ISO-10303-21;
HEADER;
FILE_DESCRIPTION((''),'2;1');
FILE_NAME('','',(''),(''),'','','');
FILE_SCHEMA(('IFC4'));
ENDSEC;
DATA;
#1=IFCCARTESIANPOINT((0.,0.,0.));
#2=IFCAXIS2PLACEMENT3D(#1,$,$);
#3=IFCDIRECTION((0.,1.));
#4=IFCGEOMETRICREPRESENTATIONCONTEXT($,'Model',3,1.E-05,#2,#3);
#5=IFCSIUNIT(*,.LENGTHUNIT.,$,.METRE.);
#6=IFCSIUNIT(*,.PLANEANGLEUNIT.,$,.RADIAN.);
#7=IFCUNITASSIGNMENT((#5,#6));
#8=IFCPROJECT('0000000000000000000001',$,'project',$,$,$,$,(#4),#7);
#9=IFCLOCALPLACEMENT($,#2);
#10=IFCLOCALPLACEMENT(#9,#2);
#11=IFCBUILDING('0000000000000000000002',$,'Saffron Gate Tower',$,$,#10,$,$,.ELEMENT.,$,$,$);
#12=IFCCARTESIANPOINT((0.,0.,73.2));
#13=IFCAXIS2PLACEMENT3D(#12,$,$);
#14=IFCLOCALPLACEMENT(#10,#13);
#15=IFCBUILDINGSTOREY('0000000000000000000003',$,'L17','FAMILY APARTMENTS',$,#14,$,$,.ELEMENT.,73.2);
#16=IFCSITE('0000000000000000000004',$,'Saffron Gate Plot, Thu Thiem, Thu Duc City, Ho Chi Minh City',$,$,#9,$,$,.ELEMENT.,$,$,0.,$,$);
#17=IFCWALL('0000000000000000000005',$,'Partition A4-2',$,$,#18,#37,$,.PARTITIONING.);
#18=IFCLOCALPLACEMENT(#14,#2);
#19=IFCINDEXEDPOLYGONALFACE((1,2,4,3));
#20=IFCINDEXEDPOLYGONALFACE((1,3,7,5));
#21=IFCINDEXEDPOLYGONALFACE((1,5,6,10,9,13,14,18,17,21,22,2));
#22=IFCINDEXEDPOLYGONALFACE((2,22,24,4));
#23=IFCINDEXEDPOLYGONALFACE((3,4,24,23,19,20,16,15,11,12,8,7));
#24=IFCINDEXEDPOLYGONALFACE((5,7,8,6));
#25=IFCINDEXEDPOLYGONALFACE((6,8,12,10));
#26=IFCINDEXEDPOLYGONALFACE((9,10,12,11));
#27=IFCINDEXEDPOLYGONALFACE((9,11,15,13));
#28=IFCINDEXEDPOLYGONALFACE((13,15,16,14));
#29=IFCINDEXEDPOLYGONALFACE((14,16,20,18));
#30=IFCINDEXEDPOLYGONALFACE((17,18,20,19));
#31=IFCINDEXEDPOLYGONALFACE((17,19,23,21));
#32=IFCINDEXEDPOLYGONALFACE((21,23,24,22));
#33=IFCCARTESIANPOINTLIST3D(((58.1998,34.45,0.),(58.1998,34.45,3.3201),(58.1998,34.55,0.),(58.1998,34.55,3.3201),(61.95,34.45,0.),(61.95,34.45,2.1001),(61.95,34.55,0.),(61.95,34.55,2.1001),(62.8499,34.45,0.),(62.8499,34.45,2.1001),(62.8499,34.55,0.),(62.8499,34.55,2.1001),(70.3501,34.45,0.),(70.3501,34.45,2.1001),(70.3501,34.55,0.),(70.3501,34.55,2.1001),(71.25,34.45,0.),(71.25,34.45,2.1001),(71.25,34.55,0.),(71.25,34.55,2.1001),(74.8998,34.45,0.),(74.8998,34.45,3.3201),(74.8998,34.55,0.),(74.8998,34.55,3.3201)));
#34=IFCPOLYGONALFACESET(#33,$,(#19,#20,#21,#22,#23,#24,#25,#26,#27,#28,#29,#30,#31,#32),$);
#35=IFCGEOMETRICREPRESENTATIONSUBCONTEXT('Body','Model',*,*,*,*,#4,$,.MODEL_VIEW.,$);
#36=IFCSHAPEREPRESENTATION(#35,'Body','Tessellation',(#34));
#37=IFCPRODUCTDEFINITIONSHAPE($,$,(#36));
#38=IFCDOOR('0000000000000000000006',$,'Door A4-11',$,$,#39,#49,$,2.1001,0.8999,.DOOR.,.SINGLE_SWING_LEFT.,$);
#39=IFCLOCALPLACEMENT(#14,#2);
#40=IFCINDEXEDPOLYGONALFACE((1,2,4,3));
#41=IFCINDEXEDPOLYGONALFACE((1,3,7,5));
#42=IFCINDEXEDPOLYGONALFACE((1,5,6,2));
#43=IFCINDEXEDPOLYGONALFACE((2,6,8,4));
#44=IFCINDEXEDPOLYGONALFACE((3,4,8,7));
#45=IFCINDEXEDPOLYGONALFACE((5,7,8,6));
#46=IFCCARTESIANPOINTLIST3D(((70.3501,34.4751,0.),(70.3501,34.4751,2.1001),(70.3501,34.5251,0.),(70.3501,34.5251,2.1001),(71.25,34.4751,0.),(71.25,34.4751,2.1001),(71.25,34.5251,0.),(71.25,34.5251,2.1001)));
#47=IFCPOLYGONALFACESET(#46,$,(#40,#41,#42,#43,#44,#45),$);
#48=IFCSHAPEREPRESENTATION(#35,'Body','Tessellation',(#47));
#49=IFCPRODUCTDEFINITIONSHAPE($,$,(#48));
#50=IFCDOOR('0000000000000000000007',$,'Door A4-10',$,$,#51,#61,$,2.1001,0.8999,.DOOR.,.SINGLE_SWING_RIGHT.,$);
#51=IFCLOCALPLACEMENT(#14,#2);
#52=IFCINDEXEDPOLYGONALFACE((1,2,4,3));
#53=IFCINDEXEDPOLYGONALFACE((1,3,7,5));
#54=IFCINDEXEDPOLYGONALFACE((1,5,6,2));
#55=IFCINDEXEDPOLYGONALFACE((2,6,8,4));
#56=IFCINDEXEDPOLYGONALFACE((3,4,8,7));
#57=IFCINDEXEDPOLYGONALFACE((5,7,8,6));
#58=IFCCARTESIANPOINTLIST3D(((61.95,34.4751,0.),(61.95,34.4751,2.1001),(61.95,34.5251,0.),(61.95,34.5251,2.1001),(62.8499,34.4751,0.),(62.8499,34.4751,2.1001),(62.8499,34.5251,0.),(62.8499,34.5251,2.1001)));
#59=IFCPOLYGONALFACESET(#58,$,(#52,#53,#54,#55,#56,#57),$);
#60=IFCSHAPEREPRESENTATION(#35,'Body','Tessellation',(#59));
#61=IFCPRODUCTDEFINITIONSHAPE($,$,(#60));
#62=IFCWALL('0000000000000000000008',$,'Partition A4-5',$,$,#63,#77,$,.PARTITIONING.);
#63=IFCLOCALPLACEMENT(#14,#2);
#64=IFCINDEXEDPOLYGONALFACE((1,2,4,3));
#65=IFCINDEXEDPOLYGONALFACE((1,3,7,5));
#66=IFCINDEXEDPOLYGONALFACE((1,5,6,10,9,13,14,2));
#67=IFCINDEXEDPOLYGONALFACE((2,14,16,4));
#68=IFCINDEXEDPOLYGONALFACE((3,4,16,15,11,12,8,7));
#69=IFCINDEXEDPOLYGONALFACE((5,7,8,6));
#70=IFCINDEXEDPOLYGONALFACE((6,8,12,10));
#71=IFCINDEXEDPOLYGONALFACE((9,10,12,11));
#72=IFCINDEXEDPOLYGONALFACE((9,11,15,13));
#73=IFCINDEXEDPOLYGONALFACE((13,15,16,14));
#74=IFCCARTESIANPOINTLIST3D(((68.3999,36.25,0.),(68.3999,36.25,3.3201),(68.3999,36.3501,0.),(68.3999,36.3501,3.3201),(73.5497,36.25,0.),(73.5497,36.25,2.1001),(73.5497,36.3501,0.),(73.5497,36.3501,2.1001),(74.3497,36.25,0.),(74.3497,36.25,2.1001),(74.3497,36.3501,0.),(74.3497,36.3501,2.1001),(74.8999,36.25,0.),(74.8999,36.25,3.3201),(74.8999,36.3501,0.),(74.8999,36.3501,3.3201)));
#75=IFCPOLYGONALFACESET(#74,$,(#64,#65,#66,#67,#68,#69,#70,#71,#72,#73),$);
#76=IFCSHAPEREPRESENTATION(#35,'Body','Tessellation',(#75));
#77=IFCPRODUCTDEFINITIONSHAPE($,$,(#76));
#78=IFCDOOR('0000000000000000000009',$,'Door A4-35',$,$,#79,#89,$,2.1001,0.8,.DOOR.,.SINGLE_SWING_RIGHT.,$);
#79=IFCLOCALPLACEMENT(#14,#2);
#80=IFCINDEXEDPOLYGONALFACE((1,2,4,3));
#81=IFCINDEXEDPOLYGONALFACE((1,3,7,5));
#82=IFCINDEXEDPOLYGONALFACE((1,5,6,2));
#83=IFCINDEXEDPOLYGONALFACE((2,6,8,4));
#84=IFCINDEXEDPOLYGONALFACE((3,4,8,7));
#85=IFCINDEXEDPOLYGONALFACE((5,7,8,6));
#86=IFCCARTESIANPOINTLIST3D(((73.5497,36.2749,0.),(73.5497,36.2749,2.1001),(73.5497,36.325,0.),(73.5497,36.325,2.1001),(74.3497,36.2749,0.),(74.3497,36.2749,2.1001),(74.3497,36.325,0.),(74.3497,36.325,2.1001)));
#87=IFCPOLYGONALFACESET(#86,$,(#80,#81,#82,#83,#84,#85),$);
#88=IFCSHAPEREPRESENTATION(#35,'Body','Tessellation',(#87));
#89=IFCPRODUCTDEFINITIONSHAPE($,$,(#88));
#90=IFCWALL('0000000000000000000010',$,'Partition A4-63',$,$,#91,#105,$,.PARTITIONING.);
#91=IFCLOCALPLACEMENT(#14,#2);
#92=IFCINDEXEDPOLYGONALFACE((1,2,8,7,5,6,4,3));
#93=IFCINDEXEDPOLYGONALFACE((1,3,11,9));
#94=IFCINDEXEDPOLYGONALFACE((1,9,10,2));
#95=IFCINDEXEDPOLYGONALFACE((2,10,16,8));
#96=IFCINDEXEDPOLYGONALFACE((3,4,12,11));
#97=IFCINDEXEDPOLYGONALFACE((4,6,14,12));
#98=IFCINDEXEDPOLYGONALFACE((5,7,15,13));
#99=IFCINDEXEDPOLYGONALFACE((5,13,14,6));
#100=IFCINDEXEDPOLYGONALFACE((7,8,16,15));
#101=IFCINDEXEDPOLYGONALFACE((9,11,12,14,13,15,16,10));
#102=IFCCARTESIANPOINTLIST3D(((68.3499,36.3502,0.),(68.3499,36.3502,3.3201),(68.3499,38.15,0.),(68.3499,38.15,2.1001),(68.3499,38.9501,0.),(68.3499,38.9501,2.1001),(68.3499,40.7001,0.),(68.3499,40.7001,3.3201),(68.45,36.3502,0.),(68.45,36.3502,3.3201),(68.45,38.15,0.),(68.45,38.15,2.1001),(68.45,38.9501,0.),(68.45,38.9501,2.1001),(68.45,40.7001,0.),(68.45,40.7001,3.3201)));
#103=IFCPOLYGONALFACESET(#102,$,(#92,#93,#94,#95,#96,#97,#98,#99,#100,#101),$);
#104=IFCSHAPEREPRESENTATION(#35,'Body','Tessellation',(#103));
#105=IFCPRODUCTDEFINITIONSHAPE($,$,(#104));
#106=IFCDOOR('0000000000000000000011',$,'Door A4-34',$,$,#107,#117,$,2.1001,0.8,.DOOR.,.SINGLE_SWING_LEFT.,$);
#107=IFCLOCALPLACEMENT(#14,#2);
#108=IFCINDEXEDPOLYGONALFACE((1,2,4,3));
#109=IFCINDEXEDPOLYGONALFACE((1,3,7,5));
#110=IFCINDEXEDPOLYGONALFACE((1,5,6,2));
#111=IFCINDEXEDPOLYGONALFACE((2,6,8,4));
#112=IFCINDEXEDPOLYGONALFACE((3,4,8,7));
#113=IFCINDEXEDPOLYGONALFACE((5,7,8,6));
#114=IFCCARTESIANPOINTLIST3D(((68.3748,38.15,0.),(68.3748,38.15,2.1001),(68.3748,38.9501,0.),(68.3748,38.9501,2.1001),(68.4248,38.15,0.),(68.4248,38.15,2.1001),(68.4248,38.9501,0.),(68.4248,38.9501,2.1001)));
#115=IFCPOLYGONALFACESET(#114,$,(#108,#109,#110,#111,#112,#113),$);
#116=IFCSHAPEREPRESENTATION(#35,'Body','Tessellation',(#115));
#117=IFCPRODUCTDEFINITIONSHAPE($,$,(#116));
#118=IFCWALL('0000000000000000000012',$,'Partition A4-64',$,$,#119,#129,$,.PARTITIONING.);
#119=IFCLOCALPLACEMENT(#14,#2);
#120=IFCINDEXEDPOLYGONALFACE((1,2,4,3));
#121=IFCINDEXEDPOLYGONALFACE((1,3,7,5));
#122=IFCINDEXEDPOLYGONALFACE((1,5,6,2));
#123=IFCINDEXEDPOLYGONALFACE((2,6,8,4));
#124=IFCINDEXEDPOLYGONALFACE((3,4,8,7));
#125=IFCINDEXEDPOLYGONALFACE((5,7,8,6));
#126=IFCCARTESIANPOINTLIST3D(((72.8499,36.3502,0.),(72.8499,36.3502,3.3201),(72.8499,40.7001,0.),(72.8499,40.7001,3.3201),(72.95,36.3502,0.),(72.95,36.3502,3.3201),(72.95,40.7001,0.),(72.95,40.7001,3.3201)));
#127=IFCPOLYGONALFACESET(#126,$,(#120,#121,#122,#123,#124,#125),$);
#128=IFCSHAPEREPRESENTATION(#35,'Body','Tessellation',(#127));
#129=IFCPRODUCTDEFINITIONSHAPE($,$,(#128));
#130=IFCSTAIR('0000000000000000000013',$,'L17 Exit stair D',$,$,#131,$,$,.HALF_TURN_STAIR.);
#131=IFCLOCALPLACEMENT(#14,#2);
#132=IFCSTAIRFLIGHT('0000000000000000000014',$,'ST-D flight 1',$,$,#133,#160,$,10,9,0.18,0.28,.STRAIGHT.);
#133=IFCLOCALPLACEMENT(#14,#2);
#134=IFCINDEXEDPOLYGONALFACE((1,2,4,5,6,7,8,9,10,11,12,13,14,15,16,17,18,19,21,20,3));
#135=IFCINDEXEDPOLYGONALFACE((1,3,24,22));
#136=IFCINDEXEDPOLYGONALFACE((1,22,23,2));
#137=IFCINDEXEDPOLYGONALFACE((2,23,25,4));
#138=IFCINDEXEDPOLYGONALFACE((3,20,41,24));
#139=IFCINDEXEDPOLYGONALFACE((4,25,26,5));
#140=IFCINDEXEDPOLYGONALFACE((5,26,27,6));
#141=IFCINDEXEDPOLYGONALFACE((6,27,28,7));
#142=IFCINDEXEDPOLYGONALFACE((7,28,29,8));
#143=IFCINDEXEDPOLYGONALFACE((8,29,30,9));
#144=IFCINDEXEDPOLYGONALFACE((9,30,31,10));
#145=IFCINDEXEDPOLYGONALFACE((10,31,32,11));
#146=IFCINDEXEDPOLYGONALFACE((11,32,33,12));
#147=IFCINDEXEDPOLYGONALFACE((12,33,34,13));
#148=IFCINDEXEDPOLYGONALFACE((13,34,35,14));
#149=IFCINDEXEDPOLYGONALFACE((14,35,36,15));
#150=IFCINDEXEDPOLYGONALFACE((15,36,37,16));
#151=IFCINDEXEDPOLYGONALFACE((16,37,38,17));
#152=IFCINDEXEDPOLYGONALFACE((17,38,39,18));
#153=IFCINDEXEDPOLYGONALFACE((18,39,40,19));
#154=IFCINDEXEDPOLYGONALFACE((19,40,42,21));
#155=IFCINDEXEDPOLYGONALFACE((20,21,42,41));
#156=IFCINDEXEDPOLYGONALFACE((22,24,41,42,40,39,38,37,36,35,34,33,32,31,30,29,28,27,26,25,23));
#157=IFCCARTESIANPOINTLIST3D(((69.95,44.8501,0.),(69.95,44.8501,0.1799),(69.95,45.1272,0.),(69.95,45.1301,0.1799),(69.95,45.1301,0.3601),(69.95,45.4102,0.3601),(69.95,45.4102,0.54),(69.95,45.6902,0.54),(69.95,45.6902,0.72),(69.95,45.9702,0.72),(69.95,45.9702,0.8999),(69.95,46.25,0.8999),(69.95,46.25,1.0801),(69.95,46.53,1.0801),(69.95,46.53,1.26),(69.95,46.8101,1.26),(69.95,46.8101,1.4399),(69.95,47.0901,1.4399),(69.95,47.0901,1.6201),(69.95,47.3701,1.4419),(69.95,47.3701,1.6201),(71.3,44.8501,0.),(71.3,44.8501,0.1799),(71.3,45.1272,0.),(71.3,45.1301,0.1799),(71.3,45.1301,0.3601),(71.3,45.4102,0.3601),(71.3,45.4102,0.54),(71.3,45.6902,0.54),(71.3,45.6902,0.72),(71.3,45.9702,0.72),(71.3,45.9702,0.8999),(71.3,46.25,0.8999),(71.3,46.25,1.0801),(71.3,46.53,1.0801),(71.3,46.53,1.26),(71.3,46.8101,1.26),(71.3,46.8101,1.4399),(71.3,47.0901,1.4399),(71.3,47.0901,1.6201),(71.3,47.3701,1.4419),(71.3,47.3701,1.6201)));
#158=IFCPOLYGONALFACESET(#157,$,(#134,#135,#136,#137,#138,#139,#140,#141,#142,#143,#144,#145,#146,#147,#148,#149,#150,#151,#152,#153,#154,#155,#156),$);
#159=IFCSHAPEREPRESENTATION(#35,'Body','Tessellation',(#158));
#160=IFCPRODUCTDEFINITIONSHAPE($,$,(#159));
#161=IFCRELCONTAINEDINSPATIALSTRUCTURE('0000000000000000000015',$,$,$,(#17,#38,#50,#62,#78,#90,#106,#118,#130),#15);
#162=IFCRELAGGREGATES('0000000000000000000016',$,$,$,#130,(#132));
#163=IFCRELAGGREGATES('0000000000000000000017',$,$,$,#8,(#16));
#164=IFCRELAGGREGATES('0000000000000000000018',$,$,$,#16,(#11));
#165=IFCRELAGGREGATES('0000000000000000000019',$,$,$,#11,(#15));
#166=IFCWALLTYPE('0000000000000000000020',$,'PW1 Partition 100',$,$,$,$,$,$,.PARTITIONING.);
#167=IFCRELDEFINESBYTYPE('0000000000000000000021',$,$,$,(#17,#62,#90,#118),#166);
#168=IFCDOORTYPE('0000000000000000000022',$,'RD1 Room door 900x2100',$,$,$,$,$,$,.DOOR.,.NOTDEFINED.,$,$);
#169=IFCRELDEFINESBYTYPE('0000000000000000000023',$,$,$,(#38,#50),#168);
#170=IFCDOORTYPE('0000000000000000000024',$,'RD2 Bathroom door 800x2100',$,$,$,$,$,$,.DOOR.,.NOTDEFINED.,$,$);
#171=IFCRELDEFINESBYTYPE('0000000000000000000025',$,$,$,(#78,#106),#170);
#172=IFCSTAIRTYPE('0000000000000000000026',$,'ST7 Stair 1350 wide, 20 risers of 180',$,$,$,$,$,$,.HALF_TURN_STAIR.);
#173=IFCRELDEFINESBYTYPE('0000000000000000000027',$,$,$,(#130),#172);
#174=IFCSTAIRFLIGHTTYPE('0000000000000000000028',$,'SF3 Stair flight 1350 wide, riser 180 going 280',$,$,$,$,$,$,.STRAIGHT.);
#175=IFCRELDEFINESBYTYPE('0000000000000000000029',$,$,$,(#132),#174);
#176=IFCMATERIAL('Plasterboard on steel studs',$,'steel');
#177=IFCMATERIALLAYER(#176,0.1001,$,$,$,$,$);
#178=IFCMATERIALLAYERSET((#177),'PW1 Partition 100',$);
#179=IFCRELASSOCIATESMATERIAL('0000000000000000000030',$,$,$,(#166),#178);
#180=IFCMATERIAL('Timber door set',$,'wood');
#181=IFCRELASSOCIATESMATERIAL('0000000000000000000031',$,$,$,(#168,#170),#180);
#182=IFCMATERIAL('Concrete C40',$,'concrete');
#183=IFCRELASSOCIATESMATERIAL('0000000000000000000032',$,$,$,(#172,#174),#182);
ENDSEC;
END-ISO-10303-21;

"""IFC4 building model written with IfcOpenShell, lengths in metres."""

from ifc_helpers import new_model, si_unit, direction, frame, frame_2d, origin, place, context, subcontext, project, spatial, polyline, rectangle, outline, extrude, material, layer, layer_set, type_object, element, fill, aggregate, save


model = new_model("IFC4")

# Units and contexts
model_context = context("Model", 3, precision=1e-05, world=origin(), true_north=direction((0.0, 1.0)))
body_context = subcontext(model_context, "Body", "Model", "MODEL_VIEW")
ifc_project = project(units=[si_unit("LENGTHUNIT", "METRE"), si_unit("PLANEANGLEUNIT", "RADIAN")], contexts=[model_context])

# Site, building, storey
site_placement = place(None, origin())
site = spatial("IfcSite", under=ifc_project, at=site_placement, Name="Saffron Gate Plot, Thu Thiem, Thu Duc City, Ho Chi Minh City", CompositionType="ELEMENT", RefElevation=0.0)
building_placement = place(site_placement, origin())
building = spatial("IfcBuilding", under=site, at=building_placement, Name="Saffron Gate Tower", CompositionType="ELEMENT")
storey_placement = place(building_placement, frame((0.0, 0.0, 73.2)))
storey = spatial("IfcBuildingStorey", under=building, at=storey_placement, Name="L17", Description="FAMILY APARTMENTS", CompositionType="ELEMENT", Elevation=73.2)

# Wall, openings, doors
ifc_material_1 = material(Name="Plasterboard on steel studs", Category="steel")
ifc_layer_1 = layer(ifc_material_1, 0.1001)
ifc_layer_set_1 = layer_set([ifc_layer_1], Name="PW1 Partition 100")
wall_type_1 = type_object("IfcWallType", Name="PW1 Partition 100", PredefinedType="PARTITIONING", material=ifc_layer_set_1)
wall_1_placement = place(storey_placement, frame((74.8999, 34.5, 0.0), z_axis=(0.0, 0.0, 1.0), x_axis=(-1.0, 0.0, 0.0)))
wall_1 = element("IfcWall", 1, at=wall_1_placement, inside=storey, type_object=wall_type_1, Name="Partition A4-2", PredefinedType="PARTITIONING", context=body_context, shape_type="SweptSolid", body=[
    extrude(rectangle(XDim=16.7, YDim=0.1001, at=frame_2d((8.3501, 0.0))), origin(), (0.0, 0.0, 1.0), 3.3201),
])
opening_1_placement = place(wall_1_placement, frame((3.6499, 0.0, 0.0)))
opening_1 = element("IfcOpeningElement", 2, at=opening_1_placement, cuts=wall_1, PredefinedType="OPENING", context=body_context, shape_type="SweptSolid", body=[
    extrude(rectangle(XDim=0.8999, YDim=2.1001, at=frame_2d((0.45, 1.05))), frame((0.0, 0.0601, 0.0), z_axis=(0.0, -1.0, 0.0), x_axis=(1.0, 0.0, 0.0)), (0.0, 0.0, 1.0), 0.1201),
])
opening_2_placement = place(wall_1_placement, frame((12.05, 0.0, 0.0)))
opening_2 = element("IfcOpeningElement", 3, at=opening_2_placement, cuts=wall_1, PredefinedType="OPENING", context=body_context, shape_type="SweptSolid", body=[
    extrude(rectangle(XDim=0.8999, YDim=2.1001, at=frame_2d((0.45, 1.05))), frame((0.0, 0.0601, 0.0), z_axis=(0.0, -1.0, 0.0), x_axis=(1.0, 0.0, 0.0)), (0.0, 0.0, 1.0), 0.1201),
])
ifc_material_2 = material(Name="Timber door set", Category="wood")
door_type_1 = type_object("IfcDoorType", Name="RD1 Room door 900x2100", OperationType="NOTDEFINED", PredefinedType="DOOR", material=ifc_material_2)
door_1_placement = place(opening_1_placement, origin())
door_1 = element("IfcDoor", 4, at=door_1_placement, inside=storey, type_object=door_type_1, Name="Door A4-11", OperationType="SINGLE_SWING_LEFT", OverallHeight=2.1001, OverallWidth=0.8999, PredefinedType="DOOR", context=body_context, shape_type="SweptSolid", body=[
    extrude(rectangle(XDim=0.8999, YDim=2.1001, at=frame_2d((0.45, 1.05))), frame((0.0, 0.0249, 0.0), z_axis=(0.0, -1.0, 0.0), x_axis=(1.0, 0.0, 0.0)), (0.0, 0.0, 1.0), 0.05),
])
fill(opening_1, door_1)
door_2_placement = place(opening_2_placement, origin())
door_2 = element("IfcDoor", 5, at=door_2_placement, inside=storey, type_object=door_type_1, Name="Door A4-10", OperationType="SINGLE_SWING_RIGHT", OverallHeight=2.1001, OverallWidth=0.8999, PredefinedType="DOOR", context=body_context, shape_type="SweptSolid", body=[
    extrude(rectangle(XDim=0.8999, YDim=2.1001, at=frame_2d((0.45, 1.05))), frame((0.0, 0.0249, 0.0), z_axis=(0.0, -1.0, 0.0), x_axis=(1.0, 0.0, 0.0)), (0.0, 0.0, 1.0), 0.05),
])
fill(opening_2, door_2)

# Walls, openings, doors
wall_2_placement = place(storey_placement, frame((68.3999, 36.3, 0.0), z_axis=(0.0, 0.0, 1.0), x_axis=(1.0, 0.0, 0.0)))
wall_2 = element("IfcWall", 6, at=wall_2_placement, inside=storey, type_object=wall_type_1, Name="Partition A4-5", PredefinedType="PARTITIONING", context=body_context, shape_type="SweptSolid", body=[
    extrude(rectangle(XDim=6.5, YDim=0.1001, at=frame_2d((3.25, 0.0))), origin(), (0.0, 0.0, 1.0), 3.3201),
])
opening_3_placement = place(wall_2_placement, frame((5.1499, 0.0, 0.0)))
opening_3 = element("IfcOpeningElement", 7, at=opening_3_placement, cuts=wall_2, PredefinedType="OPENING", context=body_context, shape_type="SweptSolid", body=[
    extrude(rectangle(XDim=0.8, YDim=2.1001, at=frame_2d((0.3999, 1.05))), frame((0.0, 0.0601, 0.0), z_axis=(0.0, -1.0, 0.0), x_axis=(1.0, 0.0, 0.0)), (0.0, 0.0, 1.0), 0.1201),
])
door_type_2 = type_object("IfcDoorType", Name="RD2 Bathroom door 800x2100", OperationType="NOTDEFINED", PredefinedType="DOOR", material=ifc_material_2)
door_3_placement = place(opening_3_placement, origin())
door_3 = element("IfcDoor", 8, at=door_3_placement, inside=storey, type_object=door_type_2, Name="Door A4-35", OperationType="SINGLE_SWING_RIGHT", OverallHeight=2.1001, OverallWidth=0.8, PredefinedType="DOOR", context=body_context, shape_type="SweptSolid", body=[
    extrude(rectangle(XDim=0.8, YDim=2.1001, at=frame_2d((0.3999, 1.05))), frame((0.0, 0.0249, 0.0), z_axis=(0.0, -1.0, 0.0), x_axis=(1.0, 0.0, 0.0)), (0.0, 0.0, 1.0), 0.05),
])
fill(opening_3, door_3)
wall_3_placement = place(storey_placement, frame((68.3999, 40.7, 0.0), z_axis=(0.0, 0.0, 1.0), x_axis=(0.0, -1.0, 0.0)))
wall_3 = element("IfcWall", 9, at=wall_3_placement, inside=storey, type_object=wall_type_1, Name="Partition A4-63", PredefinedType="PARTITIONING", context=body_context, shape_type="SweptSolid", body=[
    extrude(rectangle(XDim=4.3499, YDim=0.1001, at=frame_2d((2.1748, 0.0))), origin(), (0.0, 0.0, 1.0), 3.3201),
])
opening_4_placement = place(wall_3_placement, frame((1.75, 0.0, 0.0)))
opening_4 = element("IfcOpeningElement", 10, at=opening_4_placement, cuts=wall_3, PredefinedType="OPENING", context=body_context, shape_type="SweptSolid", body=[
    extrude(rectangle(XDim=0.8, YDim=2.1001, at=frame_2d((0.3999, 1.05))), frame((0.0, 0.0601, 0.0), z_axis=(0.0, -1.0, 0.0), x_axis=(1.0, 0.0, 0.0)), (0.0, 0.0, 1.0), 0.1201),
])
door_4_placement = place(opening_4_placement, origin())
door_4 = element("IfcDoor", 11, at=door_4_placement, inside=storey, type_object=door_type_2, Name="Door A4-34", OperationType="SINGLE_SWING_LEFT", OverallHeight=2.1001, OverallWidth=0.8, PredefinedType="DOOR", context=body_context, shape_type="SweptSolid", body=[
    extrude(rectangle(XDim=0.8, YDim=2.1001, at=frame_2d((0.3999, 1.05))), frame((0.0, 0.0249, 0.0), z_axis=(0.0, -1.0, 0.0), x_axis=(1.0, 0.0, 0.0)), (0.0, 0.0, 1.0), 0.05),
])
fill(opening_4, door_4)

# Wall
wall_4_placement = place(storey_placement, frame((72.8999, 40.7, 0.0), z_axis=(0.0, 0.0, 1.0), x_axis=(0.0, -1.0, 0.0)))
element("IfcWall", 12, at=wall_4_placement, inside=storey, type_object=wall_type_1, Name="Partition A4-64", PredefinedType="PARTITIONING", context=body_context, shape_type="SweptSolid", body=[
    extrude(rectangle(XDim=4.3499, YDim=0.1001, at=frame_2d((2.1748, 0.0))), origin(), (0.0, 0.0, 1.0), 3.3201),
])

# Stair, stair flight
ifc_material_3 = material(Name="Concrete C40", Category="concrete")
stair_type = type_object("IfcStairType", Name="ST7 Stair 1350 wide, 20 risers of 180", PredefinedType="HALF_TURN_STAIR", material=ifc_material_3)
stair_placement = place(storey_placement, origin())
stair = element("IfcStair", 13, at=stair_placement, inside=storey, type_object=stair_type, Name="L17 Exit stair D", PredefinedType="HALF_TURN_STAIR")
stair_flight_type = type_object("IfcStairFlightType", Name="SF3 Stair flight 1350 wide, riser 180 going 280", PredefinedType="STRAIGHT", material=ifc_material_3)
stair_flight_placement = place(storey_placement, frame((70.625, 44.8501, 0.0), z_axis=(0.0, 0.0, 1.0), x_axis=(0.0, 1.0, 0.0)))
stair_flight = element("IfcStairFlight", 14, at=stair_flight_placement, type_object=stair_flight_type, Name="ST-D flight 1", NumberOfRisers=10, NumberOfTreads=9, PredefinedType="STRAIGHT", RiserHeight=0.18, TreadLength=0.28, context=body_context, shape_type="SweptSolid", body=[
    extrude(outline(polyline([(0.0, 0.0), (0.0, 0.1799), (0.28, 0.1799), (0.28, 0.3601), (0.5601, 0.3601), (0.5601, 0.54), (0.8401, 0.54), (0.8401, 0.72), (1.1201, 0.72), (1.1201, 0.8999), (1.3999, 0.8999), (1.3999, 1.0801), (1.6799, 1.0801), (1.6799, 1.26), (1.96, 1.26), (1.96, 1.4399), (2.24, 1.4399), (2.24, 1.6201), (2.52, 1.6201), (2.52, 1.8), (2.52, 1.4419), (0.2771, 0.0), (0.0, 0.0)])), frame((0.0, 0.675, 0.0), z_axis=(0.0, -1.0, 0.0), x_axis=(1.0, 0.0, 0.0)), (0.0, 0.0, 1.0), 1.3501),
])
aggregate(stair, [stair_flight])

save(model, "model.ifc")
